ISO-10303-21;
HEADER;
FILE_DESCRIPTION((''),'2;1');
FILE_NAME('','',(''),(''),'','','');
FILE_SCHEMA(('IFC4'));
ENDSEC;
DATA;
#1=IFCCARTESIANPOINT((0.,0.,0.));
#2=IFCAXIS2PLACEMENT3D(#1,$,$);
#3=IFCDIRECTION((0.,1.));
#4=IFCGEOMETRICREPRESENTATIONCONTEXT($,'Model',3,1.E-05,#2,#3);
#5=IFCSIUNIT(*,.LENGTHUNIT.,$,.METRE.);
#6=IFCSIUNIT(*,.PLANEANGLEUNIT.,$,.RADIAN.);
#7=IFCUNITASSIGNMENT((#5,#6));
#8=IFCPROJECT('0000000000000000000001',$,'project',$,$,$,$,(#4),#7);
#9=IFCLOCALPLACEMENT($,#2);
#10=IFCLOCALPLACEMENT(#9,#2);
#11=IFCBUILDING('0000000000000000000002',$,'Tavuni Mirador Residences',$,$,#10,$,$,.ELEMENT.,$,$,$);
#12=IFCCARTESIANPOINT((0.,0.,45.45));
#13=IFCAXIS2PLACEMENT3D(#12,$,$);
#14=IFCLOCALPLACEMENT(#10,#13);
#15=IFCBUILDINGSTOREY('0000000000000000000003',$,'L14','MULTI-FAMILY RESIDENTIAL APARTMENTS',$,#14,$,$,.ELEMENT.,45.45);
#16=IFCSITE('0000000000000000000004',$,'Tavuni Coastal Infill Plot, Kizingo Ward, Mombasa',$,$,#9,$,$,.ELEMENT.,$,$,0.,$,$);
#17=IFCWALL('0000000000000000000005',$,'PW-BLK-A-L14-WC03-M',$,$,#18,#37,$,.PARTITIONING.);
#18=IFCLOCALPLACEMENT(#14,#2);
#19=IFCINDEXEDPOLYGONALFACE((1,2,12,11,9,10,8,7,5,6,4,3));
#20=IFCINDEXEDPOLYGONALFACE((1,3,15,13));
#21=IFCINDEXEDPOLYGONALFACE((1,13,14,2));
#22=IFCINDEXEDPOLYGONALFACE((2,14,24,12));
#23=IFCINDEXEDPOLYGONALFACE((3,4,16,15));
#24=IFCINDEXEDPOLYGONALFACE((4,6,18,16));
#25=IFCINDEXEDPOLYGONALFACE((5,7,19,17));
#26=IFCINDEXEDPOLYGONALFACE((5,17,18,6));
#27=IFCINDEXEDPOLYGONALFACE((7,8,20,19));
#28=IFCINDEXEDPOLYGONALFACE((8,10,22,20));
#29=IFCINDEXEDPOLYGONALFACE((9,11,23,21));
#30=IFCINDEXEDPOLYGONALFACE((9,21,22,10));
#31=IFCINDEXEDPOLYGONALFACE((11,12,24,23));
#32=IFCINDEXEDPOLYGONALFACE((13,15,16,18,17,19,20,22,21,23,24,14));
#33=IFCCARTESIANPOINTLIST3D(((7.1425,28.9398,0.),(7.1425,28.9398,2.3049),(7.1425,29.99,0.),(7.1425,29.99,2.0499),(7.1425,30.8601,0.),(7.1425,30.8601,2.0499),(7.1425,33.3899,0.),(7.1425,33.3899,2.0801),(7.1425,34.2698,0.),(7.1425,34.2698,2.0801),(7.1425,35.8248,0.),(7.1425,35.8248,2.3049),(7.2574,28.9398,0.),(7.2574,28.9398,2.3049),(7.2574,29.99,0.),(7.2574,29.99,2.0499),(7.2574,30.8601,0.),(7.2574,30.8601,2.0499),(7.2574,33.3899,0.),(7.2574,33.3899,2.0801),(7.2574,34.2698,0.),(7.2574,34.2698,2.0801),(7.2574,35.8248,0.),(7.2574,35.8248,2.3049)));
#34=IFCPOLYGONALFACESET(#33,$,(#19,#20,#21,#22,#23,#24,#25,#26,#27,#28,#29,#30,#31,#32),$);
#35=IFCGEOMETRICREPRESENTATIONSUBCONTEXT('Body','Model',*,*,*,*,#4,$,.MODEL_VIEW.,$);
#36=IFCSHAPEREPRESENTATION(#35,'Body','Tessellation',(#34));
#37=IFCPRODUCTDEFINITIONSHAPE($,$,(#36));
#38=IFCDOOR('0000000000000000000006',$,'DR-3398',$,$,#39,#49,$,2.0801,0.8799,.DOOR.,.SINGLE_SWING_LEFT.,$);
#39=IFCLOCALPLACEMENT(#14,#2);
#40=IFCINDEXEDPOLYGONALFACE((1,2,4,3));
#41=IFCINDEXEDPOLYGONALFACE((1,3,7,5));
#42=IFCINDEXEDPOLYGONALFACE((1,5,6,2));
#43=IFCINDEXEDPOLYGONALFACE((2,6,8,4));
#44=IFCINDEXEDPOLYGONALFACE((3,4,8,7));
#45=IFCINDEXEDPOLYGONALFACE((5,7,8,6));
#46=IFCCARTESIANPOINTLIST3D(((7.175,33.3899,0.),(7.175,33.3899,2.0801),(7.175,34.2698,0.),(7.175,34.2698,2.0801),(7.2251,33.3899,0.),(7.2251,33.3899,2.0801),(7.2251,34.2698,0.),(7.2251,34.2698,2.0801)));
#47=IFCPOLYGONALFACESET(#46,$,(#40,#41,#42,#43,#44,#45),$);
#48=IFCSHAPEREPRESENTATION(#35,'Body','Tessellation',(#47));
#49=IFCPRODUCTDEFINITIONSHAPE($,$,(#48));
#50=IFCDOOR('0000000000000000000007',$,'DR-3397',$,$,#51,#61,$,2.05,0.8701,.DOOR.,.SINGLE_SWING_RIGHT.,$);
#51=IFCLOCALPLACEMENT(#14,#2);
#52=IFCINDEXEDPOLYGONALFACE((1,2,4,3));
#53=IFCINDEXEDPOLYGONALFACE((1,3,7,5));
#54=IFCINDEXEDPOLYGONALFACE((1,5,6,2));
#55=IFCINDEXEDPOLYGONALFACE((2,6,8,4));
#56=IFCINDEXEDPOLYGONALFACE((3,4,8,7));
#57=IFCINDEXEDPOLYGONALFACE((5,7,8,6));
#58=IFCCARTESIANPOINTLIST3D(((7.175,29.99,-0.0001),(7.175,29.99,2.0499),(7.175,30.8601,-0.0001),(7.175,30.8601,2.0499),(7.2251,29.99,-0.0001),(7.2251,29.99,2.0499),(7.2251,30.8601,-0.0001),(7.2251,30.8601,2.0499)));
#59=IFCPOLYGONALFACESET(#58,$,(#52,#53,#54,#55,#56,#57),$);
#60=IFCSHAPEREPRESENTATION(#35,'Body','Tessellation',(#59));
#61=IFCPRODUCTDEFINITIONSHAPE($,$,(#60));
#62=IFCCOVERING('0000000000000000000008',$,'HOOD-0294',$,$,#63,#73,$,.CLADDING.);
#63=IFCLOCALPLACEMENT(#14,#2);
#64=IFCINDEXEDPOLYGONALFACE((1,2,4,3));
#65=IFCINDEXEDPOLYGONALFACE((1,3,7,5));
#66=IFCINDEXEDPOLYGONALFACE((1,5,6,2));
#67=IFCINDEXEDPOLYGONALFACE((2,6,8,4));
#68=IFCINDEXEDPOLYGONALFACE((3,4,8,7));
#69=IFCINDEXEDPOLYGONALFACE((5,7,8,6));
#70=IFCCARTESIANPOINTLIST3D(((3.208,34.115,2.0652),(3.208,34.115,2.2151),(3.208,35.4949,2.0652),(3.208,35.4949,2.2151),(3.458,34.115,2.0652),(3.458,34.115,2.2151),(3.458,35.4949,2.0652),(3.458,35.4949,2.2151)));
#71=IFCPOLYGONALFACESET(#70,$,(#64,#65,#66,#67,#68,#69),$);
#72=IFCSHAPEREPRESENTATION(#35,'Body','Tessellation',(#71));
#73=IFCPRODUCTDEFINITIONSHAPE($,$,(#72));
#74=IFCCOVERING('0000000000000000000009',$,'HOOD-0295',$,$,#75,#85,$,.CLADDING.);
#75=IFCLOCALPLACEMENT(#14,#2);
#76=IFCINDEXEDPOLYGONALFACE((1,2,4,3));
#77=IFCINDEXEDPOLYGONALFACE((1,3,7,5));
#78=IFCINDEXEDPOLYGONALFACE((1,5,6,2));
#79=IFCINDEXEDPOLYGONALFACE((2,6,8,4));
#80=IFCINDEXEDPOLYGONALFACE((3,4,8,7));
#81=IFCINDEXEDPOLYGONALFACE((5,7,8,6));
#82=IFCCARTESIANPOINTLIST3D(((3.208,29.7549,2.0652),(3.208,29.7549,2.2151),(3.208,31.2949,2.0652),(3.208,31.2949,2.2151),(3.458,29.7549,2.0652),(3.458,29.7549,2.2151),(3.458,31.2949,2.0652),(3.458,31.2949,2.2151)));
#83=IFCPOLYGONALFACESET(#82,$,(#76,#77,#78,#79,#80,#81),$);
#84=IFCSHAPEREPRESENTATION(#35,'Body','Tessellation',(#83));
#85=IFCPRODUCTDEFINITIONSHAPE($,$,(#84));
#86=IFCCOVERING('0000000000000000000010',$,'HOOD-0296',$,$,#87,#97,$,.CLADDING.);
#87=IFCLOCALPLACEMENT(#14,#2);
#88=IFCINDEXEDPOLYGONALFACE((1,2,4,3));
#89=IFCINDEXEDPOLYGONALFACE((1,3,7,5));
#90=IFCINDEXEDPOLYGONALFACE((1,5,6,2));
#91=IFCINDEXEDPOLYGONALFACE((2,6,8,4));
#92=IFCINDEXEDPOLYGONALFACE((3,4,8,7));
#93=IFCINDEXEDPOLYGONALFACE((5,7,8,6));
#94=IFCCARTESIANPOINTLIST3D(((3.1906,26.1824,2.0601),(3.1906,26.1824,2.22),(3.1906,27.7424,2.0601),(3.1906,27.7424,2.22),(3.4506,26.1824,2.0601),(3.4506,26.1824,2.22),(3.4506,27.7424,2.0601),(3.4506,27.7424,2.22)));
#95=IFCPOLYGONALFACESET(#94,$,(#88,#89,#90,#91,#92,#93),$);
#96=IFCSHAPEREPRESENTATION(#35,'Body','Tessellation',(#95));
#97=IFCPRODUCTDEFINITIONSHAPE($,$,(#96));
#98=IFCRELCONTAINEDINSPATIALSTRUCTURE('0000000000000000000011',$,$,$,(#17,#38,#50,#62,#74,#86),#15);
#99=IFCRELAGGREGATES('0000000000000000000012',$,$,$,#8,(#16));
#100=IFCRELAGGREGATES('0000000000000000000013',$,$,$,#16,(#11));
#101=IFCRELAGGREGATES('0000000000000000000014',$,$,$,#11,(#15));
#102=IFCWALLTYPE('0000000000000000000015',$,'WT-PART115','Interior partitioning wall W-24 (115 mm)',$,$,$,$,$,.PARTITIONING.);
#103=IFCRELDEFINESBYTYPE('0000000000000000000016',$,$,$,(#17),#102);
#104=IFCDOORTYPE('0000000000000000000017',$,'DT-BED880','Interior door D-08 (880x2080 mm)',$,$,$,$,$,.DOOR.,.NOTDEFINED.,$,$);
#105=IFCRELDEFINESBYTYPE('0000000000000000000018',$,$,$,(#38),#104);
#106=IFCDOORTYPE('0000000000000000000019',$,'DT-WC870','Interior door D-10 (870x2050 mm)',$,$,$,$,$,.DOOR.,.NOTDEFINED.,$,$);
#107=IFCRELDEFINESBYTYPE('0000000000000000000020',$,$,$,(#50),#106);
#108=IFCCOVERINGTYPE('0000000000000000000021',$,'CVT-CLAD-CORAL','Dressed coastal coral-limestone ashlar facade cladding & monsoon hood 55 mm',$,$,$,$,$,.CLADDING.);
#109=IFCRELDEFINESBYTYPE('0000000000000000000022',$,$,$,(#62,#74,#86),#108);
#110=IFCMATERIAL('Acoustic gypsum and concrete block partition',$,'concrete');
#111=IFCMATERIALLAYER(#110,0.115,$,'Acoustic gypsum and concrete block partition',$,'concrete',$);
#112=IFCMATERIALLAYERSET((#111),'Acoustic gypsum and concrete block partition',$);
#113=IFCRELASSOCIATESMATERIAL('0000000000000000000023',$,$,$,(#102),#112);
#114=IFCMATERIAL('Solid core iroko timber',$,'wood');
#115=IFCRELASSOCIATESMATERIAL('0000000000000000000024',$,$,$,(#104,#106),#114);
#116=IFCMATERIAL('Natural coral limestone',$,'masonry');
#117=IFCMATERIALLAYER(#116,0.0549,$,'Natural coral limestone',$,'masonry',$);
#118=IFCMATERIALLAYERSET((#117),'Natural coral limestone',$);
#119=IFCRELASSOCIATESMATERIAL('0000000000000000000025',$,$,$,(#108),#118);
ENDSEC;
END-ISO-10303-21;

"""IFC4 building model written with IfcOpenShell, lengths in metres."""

from ifc_helpers import new_model, si_unit, direction, frame, frame_2d, origin, origin_2d, place, context, subcontext, project, spatial, rectangle, extrude, material, layer, layer_set, type_object, element, fill, save


model = new_model("IFC4")

# Units and contexts
model_context = context("Model", 3, precision=1e-05, world=origin(), true_north=direction((0.0, 1.0)))
body_context = subcontext(model_context, "Body", "Model", "MODEL_VIEW")
ifc_project = project(units=[si_unit("LENGTHUNIT", "METRE"), si_unit("PLANEANGLEUNIT", "RADIAN")], contexts=[model_context])

# Site, building, storey
site_placement = place(None, origin())
site = spatial("IfcSite", under=ifc_project, at=site_placement, Name="Tavuni Coastal Infill Plot, Kizingo Ward, Mombasa", CompositionType="ELEMENT", RefElevation=0.0)
building_placement = place(site_placement, origin())
building = spatial("IfcBuilding", under=site, at=building_placement, Name="Tavuni Mirador Residences", CompositionType="ELEMENT")
storey_placement = place(building_placement, frame((0.0, 0.0, 45.45)))
storey = spatial("IfcBuildingStorey", under=building, at=storey_placement, Name="L14", Description="MULTI-FAMILY RESIDENTIAL APARTMENTS", CompositionType="ELEMENT", Elevation=45.45)

# Shared definitions
ifc_material_1 = material(Name="Acoustic gypsum and concrete block partition", Category="concrete")

# Shared definitions
ifc_layer_1 = layer(ifc_material_1, 0.115, Name="Acoustic gypsum and concrete block partition", Category="concrete")
ifc_layer_set_1 = layer_set([ifc_layer_1], Name="Acoustic gypsum and concrete block partition")
wall_type_1 = type_object("IfcWallType", Name="WT-PART115", Description="Interior partitioning wall W-24 (115 mm)", PredefinedType="PARTITIONING", material=ifc_layer_set_1)
ifc_material_2 = material(Name="Solid core iroko timber", Category="wood")

# Wall, openings, doors
wall_1_placement = place(storey_placement, frame((7.2, 28.9399, 0.0), z_axis=(0.0, 0.0, 1.0), x_axis=(0.0, 1.0, 0.0)))
wall_1 = element("IfcWall", 1, at=wall_1_placement, inside=storey, type_object=wall_type_1, Name="PW-BLK-A-L14-WC03-M", PredefinedType="PARTITIONING", context=body_context, shape_type="SweptSolid", body=[
    extrude(rectangle(XDim=6.885, YDim=0.115, at=frame_2d((3.4424, 0.0))), origin(), (0.0, 0.0, 1.0), 2.3049),
])
opening_1_placement = place(wall_1_placement, frame((1.05, 0.0, 0.0)))
opening_1 = element("IfcOpeningElement", 2, at=opening_1_placement, cuts=wall_1, PredefinedType="OPENING", context=body_context, shape_type="SweptSolid", body=[
    extrude(rectangle(XDim=0.8701, YDim=2.05, at=frame_2d((0.4351, 1.0249))), frame((0.0, 0.0674, 0.0), z_axis=(0.0, -1.0, 0.0), x_axis=(1.0, 0.0, 0.0)), (0.0, 0.0, 1.0), 0.135),
])
opening_2_placement = place(wall_1_placement, frame((4.45, 0.0, 0.0)))
opening_2 = element("IfcOpeningElement", 3, at=opening_2_placement, cuts=wall_1, PredefinedType="OPENING", context=body_context, shape_type="SweptSolid", body=[
    extrude(rectangle(XDim=0.8799, YDim=2.0801, at=frame_2d((0.4399, 1.04))), frame((0.0, 0.0674, 0.0), z_axis=(0.0, -1.0, 0.0), x_axis=(1.0, 0.0, 0.0)), (0.0, 0.0, 1.0), 0.135),
])
door_type_1 = type_object("IfcDoorType", Name="DT-BED880", Description="Interior door D-08 (880x2080 mm)", OperationType="NOTDEFINED", PredefinedType="DOOR", material=ifc_material_2)
door_1_placement = place(opening_2_placement, origin())
door_1 = element("IfcDoor", 4, at=door_1_placement, inside=storey, type_object=door_type_1, Name="DR-3398", OperationType="SINGLE_SWING_LEFT", OverallHeight=2.0801, OverallWidth=0.8799, PredefinedType="DOOR", context=body_context, shape_type="SweptSolid", body=[
    extrude(rectangle(XDim=0.8799, YDim=2.0801, at=frame_2d((0.4399, 1.04))), frame((0.0, 0.0249, 0.0), z_axis=(0.0, -1.0, 0.0), x_axis=(1.0, 0.0, 0.0)), (0.0, 0.0, 1.0), 0.05),
])
fill(opening_2, door_1)
door_type_2 = type_object("IfcDoorType", Name="DT-WC870", Description="Interior door D-10 (870x2050 mm)", OperationType="NOTDEFINED", PredefinedType="DOOR", material=ifc_material_2)
door_2_placement = place(opening_1_placement, origin())
door_2 = element("IfcDoor", 5, at=door_2_placement, inside=storey, type_object=door_type_2, Name="DR-3397", OperationType="SINGLE_SWING_RIGHT", OverallHeight=2.05, OverallWidth=0.8701, PredefinedType="DOOR", context=body_context, shape_type="SweptSolid", body=[
    extrude(rectangle(XDim=0.8701, YDim=2.05, at=frame_2d((0.4351, 1.0249))), frame((0.0, 0.0249, 0.0), z_axis=(0.0, -1.0, 0.0), x_axis=(1.0, 0.0, 0.0)), (0.0, 0.0, 1.0), 0.05),
])
fill(opening_1, door_2)

# Coverings
ifc_material_3 = material(Name="Natural coral limestone", Category="masonry")
ifc_layer_2 = layer(ifc_material_3, 0.0549, Name="Natural coral limestone", Category="masonry")
ifc_layer_set_2 = layer_set([ifc_layer_2], Name="Natural coral limestone")
covering_type = type_object("IfcCoveringType", Name="CVT-CLAD-CORAL", Description="Dressed coastal coral-limestone ashlar facade cladding & monsoon hood 55 mm", PredefinedType="CLADDING", material=ifc_layer_set_2)
covering_1_placement = place(storey_placement, frame((3.333, 34.8049, 2.0652), z_axis=(0.0, 0.0, 1.0), x_axis=(0.0, -1.0, 0.0)))
element("IfcCovering", 6, at=covering_1_placement, inside=storey, type_object=covering_type, Name="HOOD-0294", PredefinedType="CLADDING", context=body_context, shape_type="SweptSolid", body=[
    extrude(rectangle(XDim=1.3799, YDim=0.25, at=origin_2d()), origin(), (0.0, 0.0, 1.0), 0.1499),
])
covering_2_placement = place(storey_placement, frame((3.333, 30.5249, 2.0652), z_axis=(0.0, 0.0, 1.0), x_axis=(0.0, -1.0, 0.0)))
element("IfcCovering", 7, at=covering_2_placement, inside=storey, type_object=covering_type, Name="HOOD-0295", PredefinedType="CLADDING", context=body_context, shape_type="SweptSolid", body=[
    extrude(rectangle(XDim=1.54, YDim=0.25, at=origin_2d()), origin(), (0.0, 0.0, 1.0), 0.1499),
])
covering_3_placement = place(storey_placement, frame((3.3206, 26.9624, 2.0601), z_axis=(0.0, 0.0, 1.0), x_axis=(0.0, -1.0, 0.0)))
element("IfcCovering", 8, at=covering_3_placement, inside=storey, type_object=covering_type, Name="HOOD-0296", PredefinedType="CLADDING", context=body_context, shape_type="SweptSolid", body=[
    extrude(rectangle(XDim=1.5601, YDim=0.26, at=origin_2d()), origin(), (0.0, 0.0, 1.0), 0.1599),
])

save(model, "model.ifc")
